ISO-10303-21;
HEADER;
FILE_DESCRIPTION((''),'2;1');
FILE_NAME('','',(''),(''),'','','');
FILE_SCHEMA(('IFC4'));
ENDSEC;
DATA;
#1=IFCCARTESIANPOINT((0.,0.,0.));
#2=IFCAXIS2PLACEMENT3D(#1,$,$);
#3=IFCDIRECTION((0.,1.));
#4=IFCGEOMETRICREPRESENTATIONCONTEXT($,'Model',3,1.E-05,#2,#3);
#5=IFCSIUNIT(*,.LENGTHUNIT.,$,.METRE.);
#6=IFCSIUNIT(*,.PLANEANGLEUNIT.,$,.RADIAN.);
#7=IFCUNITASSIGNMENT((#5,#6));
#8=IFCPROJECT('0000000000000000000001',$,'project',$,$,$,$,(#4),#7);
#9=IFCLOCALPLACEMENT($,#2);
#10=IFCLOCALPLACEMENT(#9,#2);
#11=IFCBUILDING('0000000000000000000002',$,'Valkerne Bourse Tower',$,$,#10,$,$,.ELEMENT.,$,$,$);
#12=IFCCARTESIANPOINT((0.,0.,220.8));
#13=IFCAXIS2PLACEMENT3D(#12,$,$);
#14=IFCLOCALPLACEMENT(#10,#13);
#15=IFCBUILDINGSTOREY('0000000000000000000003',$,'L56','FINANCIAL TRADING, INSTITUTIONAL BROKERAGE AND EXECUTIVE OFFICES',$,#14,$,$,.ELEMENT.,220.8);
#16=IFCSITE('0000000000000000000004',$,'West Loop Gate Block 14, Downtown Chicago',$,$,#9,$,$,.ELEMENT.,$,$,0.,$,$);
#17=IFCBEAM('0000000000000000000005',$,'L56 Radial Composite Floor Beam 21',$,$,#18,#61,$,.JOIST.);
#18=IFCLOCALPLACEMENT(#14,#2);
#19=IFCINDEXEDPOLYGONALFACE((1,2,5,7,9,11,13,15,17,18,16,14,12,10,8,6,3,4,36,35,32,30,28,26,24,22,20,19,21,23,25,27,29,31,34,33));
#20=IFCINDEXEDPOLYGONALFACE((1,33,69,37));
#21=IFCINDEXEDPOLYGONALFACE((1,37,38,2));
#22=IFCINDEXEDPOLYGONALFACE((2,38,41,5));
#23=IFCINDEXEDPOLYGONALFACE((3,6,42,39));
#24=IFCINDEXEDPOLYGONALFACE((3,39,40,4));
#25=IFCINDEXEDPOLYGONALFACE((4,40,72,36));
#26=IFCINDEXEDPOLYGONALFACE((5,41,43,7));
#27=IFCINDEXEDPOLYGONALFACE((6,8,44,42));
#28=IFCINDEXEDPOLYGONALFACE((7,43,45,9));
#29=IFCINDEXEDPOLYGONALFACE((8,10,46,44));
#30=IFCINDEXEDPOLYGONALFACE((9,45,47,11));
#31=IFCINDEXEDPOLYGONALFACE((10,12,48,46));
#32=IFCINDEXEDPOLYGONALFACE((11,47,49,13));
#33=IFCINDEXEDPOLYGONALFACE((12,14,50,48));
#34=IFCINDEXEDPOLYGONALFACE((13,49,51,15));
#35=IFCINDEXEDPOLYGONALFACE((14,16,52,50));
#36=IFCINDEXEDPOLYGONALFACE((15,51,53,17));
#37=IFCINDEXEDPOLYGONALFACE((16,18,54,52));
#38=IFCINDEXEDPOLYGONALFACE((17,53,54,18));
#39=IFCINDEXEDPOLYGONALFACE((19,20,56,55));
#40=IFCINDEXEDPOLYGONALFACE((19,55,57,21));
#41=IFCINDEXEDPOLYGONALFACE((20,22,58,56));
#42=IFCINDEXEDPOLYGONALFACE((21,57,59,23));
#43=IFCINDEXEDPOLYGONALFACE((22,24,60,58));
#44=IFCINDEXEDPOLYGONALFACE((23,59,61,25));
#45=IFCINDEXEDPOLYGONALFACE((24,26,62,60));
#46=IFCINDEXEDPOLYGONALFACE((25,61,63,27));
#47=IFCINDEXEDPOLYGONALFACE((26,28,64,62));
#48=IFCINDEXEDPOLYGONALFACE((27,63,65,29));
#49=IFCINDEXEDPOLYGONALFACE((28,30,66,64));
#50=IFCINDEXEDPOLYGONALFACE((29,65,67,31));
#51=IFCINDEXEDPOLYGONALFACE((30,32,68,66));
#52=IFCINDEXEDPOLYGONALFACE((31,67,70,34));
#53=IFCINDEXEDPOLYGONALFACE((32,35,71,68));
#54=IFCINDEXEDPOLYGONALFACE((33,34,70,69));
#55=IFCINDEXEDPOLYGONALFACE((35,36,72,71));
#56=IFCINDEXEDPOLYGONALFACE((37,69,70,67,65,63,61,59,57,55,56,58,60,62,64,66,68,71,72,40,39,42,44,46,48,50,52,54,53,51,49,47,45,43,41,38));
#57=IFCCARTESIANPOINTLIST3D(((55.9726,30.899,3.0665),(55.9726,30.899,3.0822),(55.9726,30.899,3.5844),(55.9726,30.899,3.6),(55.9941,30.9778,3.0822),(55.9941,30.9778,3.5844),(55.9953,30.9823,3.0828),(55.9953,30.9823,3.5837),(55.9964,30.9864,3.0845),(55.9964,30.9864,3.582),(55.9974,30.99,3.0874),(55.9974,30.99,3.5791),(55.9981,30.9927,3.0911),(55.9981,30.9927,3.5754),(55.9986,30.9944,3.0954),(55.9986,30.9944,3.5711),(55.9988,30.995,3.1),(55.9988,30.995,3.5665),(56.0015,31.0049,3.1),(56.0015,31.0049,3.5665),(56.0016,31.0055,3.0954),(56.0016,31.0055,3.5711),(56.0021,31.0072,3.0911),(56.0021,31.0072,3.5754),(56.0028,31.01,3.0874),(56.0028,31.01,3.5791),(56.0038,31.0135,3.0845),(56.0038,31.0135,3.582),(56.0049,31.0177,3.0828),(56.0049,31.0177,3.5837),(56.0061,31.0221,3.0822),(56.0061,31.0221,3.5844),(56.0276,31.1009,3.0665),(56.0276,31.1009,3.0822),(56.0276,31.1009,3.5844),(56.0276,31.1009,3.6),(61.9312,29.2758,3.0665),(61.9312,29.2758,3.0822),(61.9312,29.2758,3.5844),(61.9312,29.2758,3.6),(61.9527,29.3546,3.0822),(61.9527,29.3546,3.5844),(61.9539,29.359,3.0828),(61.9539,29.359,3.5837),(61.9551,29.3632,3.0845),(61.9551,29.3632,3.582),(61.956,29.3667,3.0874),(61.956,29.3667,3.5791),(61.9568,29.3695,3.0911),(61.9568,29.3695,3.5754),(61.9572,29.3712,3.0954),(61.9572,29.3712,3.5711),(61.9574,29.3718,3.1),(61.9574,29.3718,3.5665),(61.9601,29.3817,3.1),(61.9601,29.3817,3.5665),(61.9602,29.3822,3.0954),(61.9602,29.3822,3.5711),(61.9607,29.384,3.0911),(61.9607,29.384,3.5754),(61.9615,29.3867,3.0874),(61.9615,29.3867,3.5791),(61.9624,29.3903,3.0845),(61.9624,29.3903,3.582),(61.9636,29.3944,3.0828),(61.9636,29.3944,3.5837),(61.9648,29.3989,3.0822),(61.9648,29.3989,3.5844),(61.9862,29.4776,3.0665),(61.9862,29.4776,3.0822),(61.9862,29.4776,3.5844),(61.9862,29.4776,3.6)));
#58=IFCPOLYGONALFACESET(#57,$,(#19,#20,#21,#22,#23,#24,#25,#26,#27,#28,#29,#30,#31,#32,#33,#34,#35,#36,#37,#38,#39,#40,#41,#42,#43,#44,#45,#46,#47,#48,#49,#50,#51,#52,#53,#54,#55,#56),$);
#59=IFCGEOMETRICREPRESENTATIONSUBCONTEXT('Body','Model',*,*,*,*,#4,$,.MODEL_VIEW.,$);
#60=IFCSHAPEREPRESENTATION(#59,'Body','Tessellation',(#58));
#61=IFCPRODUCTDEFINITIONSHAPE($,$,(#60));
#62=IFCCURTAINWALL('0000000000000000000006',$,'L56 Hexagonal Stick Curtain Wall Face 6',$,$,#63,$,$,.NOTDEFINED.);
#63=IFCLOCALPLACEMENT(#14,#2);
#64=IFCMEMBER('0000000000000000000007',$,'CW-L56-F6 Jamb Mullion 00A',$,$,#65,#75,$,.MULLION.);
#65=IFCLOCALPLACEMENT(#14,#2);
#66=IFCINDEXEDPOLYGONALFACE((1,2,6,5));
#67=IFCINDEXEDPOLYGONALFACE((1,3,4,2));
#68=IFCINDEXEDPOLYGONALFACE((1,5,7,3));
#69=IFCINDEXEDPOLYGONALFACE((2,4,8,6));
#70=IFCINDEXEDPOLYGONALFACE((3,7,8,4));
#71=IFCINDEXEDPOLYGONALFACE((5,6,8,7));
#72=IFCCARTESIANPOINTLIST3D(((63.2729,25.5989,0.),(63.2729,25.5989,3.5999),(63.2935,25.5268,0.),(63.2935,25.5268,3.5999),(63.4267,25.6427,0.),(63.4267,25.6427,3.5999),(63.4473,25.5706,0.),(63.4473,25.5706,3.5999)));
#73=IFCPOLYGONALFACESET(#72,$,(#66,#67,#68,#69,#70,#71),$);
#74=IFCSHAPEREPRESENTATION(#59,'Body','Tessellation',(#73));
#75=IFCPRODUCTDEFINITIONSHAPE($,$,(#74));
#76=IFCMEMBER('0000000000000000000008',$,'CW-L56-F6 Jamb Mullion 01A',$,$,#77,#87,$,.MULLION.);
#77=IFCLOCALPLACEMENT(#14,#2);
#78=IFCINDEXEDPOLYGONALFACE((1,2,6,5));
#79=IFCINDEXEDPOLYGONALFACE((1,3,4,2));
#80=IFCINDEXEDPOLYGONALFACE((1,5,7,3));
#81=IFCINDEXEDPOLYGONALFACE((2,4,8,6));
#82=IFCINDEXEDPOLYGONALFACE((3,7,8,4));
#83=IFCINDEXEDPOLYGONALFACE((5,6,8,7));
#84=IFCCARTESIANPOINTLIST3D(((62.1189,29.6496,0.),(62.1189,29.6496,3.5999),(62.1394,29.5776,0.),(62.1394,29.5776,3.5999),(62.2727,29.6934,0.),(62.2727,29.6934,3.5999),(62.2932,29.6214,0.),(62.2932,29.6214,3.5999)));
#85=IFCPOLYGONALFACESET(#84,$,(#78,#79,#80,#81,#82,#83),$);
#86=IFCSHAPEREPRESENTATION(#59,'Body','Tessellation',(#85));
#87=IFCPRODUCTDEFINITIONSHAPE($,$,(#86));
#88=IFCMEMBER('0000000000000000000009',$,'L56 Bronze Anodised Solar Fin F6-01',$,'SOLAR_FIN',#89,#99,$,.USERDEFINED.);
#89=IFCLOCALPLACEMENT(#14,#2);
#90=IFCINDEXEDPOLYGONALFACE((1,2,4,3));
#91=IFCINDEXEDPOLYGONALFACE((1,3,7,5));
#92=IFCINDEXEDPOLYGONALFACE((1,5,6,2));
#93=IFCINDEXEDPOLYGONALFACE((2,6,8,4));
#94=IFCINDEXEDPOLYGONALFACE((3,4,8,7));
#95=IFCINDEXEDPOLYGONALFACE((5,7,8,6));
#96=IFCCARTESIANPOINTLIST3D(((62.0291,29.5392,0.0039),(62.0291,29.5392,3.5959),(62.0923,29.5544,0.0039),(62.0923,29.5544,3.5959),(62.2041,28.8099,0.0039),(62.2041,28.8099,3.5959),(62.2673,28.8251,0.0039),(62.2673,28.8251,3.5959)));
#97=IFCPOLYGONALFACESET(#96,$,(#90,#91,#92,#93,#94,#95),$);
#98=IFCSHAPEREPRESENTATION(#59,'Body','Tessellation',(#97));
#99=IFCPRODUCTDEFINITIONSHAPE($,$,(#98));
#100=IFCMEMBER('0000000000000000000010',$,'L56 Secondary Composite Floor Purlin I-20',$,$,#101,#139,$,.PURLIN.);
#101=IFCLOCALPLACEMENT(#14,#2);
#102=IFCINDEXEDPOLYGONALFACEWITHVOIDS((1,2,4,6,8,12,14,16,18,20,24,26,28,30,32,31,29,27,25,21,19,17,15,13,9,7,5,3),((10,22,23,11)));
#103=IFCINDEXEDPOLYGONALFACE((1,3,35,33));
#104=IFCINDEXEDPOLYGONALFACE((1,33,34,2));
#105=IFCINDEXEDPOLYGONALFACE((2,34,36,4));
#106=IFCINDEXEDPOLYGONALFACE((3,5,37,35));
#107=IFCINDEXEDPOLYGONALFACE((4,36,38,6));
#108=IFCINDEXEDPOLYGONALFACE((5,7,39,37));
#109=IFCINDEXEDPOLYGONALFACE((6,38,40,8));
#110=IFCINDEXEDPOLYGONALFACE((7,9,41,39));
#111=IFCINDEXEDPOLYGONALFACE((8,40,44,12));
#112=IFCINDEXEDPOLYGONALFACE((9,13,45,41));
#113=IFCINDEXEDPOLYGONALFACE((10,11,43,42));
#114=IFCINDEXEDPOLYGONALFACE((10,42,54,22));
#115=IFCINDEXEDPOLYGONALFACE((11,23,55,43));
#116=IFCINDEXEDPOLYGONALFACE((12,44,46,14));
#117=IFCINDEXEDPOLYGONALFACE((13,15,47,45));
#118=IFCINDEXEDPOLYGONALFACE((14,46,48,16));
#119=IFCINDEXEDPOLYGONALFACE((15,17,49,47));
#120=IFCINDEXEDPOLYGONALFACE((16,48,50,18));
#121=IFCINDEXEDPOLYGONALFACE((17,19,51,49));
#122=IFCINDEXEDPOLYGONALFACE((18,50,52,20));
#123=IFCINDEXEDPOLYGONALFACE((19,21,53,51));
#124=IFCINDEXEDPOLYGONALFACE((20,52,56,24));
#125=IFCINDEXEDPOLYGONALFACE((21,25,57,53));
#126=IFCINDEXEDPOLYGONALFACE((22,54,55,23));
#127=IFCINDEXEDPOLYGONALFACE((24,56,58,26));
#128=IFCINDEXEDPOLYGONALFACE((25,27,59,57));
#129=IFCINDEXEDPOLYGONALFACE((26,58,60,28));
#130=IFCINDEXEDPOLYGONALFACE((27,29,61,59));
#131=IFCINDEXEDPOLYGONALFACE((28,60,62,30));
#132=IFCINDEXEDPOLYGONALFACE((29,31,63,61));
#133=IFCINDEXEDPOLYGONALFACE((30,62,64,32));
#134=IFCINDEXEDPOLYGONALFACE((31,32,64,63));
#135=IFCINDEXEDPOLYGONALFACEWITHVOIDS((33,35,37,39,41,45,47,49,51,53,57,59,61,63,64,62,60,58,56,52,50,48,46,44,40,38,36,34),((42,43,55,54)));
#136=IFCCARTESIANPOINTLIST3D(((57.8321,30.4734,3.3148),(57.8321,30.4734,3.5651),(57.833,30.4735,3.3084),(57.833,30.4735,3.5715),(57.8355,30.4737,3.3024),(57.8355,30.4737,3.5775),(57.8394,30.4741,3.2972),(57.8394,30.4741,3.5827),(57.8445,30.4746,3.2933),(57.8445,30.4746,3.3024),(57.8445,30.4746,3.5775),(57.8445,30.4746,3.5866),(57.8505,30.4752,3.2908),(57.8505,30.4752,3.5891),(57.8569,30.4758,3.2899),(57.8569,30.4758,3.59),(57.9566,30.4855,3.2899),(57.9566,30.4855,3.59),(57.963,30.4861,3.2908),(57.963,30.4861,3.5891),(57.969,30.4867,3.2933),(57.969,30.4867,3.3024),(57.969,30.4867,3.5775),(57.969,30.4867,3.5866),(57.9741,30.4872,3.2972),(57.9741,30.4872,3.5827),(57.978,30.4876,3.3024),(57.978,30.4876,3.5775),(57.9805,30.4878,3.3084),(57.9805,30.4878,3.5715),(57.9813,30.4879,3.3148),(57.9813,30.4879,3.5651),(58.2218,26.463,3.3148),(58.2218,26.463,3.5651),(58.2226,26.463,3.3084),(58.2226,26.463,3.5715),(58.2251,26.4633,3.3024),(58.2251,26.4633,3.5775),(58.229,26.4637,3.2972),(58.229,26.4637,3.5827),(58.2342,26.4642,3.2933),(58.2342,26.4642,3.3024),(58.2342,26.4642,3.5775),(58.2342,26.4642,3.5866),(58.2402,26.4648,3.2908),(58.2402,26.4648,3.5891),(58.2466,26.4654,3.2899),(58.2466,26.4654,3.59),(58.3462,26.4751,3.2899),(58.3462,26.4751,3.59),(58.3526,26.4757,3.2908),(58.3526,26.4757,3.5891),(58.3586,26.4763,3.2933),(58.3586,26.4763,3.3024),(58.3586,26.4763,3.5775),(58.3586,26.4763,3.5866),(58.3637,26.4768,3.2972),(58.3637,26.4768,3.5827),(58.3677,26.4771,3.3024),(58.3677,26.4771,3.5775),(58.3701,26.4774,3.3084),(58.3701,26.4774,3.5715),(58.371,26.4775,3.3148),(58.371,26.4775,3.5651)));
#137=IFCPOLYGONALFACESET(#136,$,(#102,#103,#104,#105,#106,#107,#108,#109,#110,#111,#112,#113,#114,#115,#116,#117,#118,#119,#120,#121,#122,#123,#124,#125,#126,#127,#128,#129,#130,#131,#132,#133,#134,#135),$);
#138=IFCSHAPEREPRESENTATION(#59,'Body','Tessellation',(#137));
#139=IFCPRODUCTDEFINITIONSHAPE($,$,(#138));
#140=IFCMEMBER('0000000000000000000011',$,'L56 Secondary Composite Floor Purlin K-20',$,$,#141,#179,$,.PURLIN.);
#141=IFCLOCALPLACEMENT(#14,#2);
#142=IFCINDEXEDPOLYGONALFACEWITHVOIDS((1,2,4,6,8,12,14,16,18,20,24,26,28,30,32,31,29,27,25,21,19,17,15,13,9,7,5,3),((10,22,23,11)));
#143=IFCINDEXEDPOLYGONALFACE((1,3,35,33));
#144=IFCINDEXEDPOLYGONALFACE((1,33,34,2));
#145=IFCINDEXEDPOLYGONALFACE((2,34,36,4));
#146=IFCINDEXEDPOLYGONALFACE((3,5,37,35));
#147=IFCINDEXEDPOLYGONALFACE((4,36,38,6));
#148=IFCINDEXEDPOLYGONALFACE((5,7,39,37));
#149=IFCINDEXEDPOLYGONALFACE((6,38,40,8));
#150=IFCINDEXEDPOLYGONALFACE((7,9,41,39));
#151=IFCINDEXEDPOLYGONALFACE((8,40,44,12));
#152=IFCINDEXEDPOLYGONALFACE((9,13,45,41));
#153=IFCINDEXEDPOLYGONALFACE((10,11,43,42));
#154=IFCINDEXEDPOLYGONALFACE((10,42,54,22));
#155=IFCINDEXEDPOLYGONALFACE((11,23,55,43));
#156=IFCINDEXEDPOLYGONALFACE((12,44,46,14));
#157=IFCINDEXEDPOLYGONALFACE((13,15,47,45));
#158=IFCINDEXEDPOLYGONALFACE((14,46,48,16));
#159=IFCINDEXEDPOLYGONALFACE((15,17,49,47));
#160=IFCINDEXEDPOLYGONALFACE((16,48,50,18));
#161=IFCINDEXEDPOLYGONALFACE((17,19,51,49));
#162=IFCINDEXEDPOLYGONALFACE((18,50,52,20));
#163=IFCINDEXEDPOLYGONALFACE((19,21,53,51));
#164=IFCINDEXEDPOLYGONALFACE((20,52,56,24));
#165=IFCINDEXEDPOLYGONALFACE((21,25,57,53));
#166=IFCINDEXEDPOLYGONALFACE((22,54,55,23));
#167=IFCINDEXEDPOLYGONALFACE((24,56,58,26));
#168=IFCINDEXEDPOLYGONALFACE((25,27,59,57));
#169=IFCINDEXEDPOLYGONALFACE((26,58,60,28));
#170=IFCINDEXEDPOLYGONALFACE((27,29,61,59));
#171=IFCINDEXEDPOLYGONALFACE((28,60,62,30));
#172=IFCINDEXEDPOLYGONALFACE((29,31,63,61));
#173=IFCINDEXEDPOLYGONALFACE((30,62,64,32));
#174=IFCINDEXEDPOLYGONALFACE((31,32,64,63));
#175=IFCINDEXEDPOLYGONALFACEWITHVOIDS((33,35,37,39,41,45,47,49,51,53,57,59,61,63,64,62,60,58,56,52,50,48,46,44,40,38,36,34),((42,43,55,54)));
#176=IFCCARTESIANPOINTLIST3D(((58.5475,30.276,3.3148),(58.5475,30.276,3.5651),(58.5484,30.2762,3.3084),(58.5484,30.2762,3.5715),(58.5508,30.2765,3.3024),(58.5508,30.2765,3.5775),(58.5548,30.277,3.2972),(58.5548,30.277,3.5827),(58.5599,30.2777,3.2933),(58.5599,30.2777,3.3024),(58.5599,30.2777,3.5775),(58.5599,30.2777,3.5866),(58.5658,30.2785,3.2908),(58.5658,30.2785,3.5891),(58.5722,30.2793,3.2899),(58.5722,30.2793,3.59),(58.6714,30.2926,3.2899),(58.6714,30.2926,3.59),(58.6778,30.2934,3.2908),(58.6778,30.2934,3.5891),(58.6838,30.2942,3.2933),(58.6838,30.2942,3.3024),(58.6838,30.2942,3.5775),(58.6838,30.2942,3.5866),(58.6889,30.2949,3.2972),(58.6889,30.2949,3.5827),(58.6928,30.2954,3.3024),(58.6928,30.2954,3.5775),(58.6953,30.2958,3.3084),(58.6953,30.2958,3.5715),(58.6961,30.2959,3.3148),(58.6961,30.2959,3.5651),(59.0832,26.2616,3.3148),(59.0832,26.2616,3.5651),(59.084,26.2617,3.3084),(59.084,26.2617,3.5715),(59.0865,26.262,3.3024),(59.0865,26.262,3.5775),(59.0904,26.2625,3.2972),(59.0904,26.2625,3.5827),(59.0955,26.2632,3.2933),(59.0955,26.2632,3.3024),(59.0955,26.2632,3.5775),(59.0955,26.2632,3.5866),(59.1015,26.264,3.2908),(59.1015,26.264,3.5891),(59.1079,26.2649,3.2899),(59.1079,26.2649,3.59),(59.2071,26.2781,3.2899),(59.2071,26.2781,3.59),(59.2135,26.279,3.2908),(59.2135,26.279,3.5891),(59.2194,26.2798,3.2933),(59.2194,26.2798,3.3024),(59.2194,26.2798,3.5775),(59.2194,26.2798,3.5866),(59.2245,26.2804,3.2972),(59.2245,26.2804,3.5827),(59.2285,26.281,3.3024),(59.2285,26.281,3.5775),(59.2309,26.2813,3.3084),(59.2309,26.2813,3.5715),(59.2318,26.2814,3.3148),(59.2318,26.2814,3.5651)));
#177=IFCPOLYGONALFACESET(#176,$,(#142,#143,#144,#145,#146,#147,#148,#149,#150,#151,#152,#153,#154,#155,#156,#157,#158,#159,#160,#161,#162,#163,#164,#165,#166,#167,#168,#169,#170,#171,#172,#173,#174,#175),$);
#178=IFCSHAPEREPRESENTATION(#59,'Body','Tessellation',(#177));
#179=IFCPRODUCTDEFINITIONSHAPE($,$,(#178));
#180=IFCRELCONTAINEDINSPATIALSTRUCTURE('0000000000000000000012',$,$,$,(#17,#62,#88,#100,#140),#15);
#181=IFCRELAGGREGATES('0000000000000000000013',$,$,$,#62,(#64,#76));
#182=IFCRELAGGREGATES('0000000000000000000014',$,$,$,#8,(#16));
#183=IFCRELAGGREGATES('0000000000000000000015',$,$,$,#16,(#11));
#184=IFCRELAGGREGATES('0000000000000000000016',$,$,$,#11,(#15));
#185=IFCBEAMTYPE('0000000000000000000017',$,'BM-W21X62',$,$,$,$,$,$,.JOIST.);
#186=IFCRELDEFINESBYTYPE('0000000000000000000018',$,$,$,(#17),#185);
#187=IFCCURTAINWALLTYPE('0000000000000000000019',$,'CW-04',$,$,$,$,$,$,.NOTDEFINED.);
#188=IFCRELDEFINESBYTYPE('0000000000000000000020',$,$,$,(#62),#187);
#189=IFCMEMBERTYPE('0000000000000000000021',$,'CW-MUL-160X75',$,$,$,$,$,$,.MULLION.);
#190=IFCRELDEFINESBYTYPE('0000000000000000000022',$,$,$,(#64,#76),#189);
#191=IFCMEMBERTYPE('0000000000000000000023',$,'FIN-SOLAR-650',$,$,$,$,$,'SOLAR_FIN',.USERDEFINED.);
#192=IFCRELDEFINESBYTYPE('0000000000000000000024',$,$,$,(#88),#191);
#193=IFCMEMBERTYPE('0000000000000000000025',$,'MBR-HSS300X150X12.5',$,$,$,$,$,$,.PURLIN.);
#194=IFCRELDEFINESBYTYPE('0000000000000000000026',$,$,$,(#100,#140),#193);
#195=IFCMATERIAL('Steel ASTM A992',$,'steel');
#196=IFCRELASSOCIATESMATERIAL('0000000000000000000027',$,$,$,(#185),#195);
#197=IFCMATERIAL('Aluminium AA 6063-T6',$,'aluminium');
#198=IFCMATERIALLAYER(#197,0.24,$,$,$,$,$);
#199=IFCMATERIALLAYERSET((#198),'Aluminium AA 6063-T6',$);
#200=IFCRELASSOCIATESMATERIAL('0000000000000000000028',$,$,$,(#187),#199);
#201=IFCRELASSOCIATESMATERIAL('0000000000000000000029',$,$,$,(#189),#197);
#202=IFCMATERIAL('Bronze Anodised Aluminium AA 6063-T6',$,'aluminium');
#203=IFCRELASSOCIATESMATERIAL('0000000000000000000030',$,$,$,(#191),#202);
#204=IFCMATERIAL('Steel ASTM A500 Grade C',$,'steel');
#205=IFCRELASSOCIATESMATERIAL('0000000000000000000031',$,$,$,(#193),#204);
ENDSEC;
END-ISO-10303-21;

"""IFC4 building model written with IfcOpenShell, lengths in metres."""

from ifc_helpers import new_model, si_unit, direction, frame, origin, origin_2d, place, context, subcontext, project, spatial, rectangle, hollow_rectangle, i_section, extrude, material, layer, layer_set, material_profile, profile_set, type_object, element, aggregate, save


model = new_model("IFC4")

# Units and contexts
model_context = context("Model", 3, precision=1e-05, world=origin(), true_north=direction((0.0, 1.0)))
body_context = subcontext(model_context, "Body", "Model", "MODEL_VIEW")
ifc_project = project(units=[si_unit("LENGTHUNIT", "METRE"), si_unit("PLANEANGLEUNIT", "RADIAN")], contexts=[model_context])

# Site, building, storey
site_placement = place(None, origin())
site = spatial("IfcSite", under=ifc_project, at=site_placement, Name="West Loop Gate Block 14, Downtown Chicago", CompositionType="ELEMENT", RefElevation=0.0)
building_placement = place(site_placement, origin())
building = spatial("IfcBuilding", under=site, at=building_placement, Name="Valkerne Bourse Tower", CompositionType="ELEMENT")
storey_placement = place(building_placement, frame((0.0, 0.0, 220.8)))
storey = spatial("IfcBuildingStorey", under=building, at=storey_placement, Name="L56", Description="FINANCIAL TRADING, INSTITUTIONAL BROKERAGE AND EXECUTIVE OFFICES", CompositionType="ELEMENT", Elevation=220.8)

# Beam
ifc_material_1 = material(Name="Steel ASTM A992", Category="steel")
ifc_material_profile_1 = material_profile(ifc_material_1, i_section(OverallWidth=0.2092, OverallDepth=0.5334, WebThickness=0.0103, FlangeThickness=0.0156, FilletRadius=0.0178, at=origin_2d()), Name="W21X62")
ifc_profile_set_1 = profile_set([ifc_material_profile_1], Name="Steel ASTM A992")
beam_type_1 = type_object("IfcBeamType", Name="BM-W21X62", PredefinedType="JOIST", material=ifc_profile_set_1)
beam_1_placement = place(storey_placement, frame((61.9587, 29.3767, 3.3333), z_axis=(-0.964839, 0.262843, 0.0), x_axis=(-0.262843, -0.964839, 0.0)))
element("IfcBeam", 1, at=beam_1_placement, inside=storey, type_object=beam_type_1, Name="L56 Radial Composite Floor Beam 21", PredefinedType="JOIST", context=body_context, shape_type="SweptSolid", body=[
    extrude(i_section(OverallWidth=0.2092, OverallDepth=0.5334, WebThickness=0.0103, FlangeThickness=0.0156, FilletRadius=0.0178, at=origin_2d()), origin(), (0.0, 0.0, 1.0), 6.1758),
])

# Curtain wall, members
ifc_material_2 = material(Name="Aluminium AA 6063-T6", Category="aluminium")
ifc_layer_1 = layer(ifc_material_2, 0.24)
ifc_layer_set_1 = layer_set([ifc_layer_1], Name="Aluminium AA 6063-T6")
curtain_wall_type = type_object("IfcCurtainWallType", Name="CW-04", PredefinedType="NOTDEFINED", material=ifc_layer_set_1)
curtain_wall_placement = place(storey_placement, origin())
curtain_wall = element("IfcCurtainWall", 2, at=curtain_wall_placement, inside=storey, type_object=curtain_wall_type, Name="L56 Hexagonal Stick Curtain Wall Face 6", PredefinedType="NOTDEFINED")
ifc_material_profile_2 = material_profile(ifc_material_2, rectangle(XDim=0.075, YDim=0.1599, at=origin_2d()), Name="CWM-75X160")
ifc_profile_set_2 = profile_set([ifc_material_profile_2], Name="Aluminium AA 6063-T6")
member_type_1 = type_object("IfcMemberType", Name="CW-MUL-160X75", PredefinedType="MULLION", material=ifc_profile_set_2)
member_1_placement = place(storey_placement, frame((63.3601, 25.5847, 0.0), z_axis=(0.0, 0.0, 1.0), x_axis=(-0.273959, 0.961741, 0.0)))
member_1 = element("IfcMember", 3, at=member_1_placement, type_object=member_type_1, Name="CW-L56-F6 Jamb Mullion 00A", PredefinedType="MULLION", context=body_context, shape_type="SweptSolid", body=[
    extrude(rectangle(XDim=0.075, YDim=0.1599, at=origin_2d()), origin(), (0.0, 0.0, 1.0), 3.5999),
])
member_2_placement = place(storey_placement, frame((62.2061, 29.6355, 0.0), z_axis=(0.0, 0.0, 1.0), x_axis=(-0.273953, 0.961743, 0.0)))
member_2 = element("IfcMember", 4, at=member_2_placement, type_object=member_type_1, Name="CW-L56-F6 Jamb Mullion 01A", PredefinedType="MULLION", context=body_context, shape_type="SweptSolid", body=[
    extrude(rectangle(XDim=0.075, YDim=0.1599, at=origin_2d()), origin(), (0.0, 0.0, 1.0), 3.5999),
])

# Members
ifc_material_3 = material(Name="Bronze Anodised Aluminium AA 6063-T6", Category="aluminium")
ifc_material_profile_3 = material_profile(ifc_material_3, rectangle(XDim=0.0649, YDim=0.75, at=origin_2d()), Name="FIN-65X750")
ifc_profile_set_3 = profile_set([ifc_material_profile_3], Name="Bronze Anodised Aluminium AA 6063-T6")
member_type_2 = type_object("IfcMemberType", Name="FIN-SOLAR-650", ElementType="SOLAR_FIN", PredefinedType="USERDEFINED", material=ifc_profile_set_3)
member_3_placement = place(storey_placement, frame((62.1482, 29.1821, 0.0039), z_axis=(0.0, 0.0, 1.0), x_axis=(0.9724, 0.233322, 0.0)))
element("IfcMember", 5, at=member_3_placement, inside=storey, type_object=member_type_2, Name="L56 Bronze Anodised Solar Fin F6-01", ObjectType="SOLAR_FIN", PredefinedType="USERDEFINED", context=body_context, shape_type="SweptSolid", body=[
    extrude(rectangle(XDim=0.0649, YDim=0.75, at=origin_2d()), origin(), (0.0, 0.0, 1.0), 3.592),
])
ifc_material_4 = material(Name="Steel ASTM A500 Grade C", Category="steel")
ifc_material_profile_4 = material_profile(ifc_material_4, hollow_rectangle(XDim=0.1499, YDim=0.3, WallThickness=0.0125, OuterFilletRadius=0.0249, at=origin_2d()), Name="HSS300X150X12.5")
ifc_profile_set_4 = profile_set([ifc_material_profile_4], Name="Steel ASTM A500 Grade C")
member_type_3 = type_object("IfcMemberType", Name="MBR-HSS300X150X12.5", PredefinedType="PURLIN", material=ifc_profile_set_4)
member_4_placement = place(storey_placement, frame((58.2964, 26.4702, 3.4399), z_axis=(-0.096702, 0.995313, 0.0), x_axis=(-0.995313, -0.096702, 0.0)))
element("IfcMember", 6, at=member_4_placement, inside=storey, type_object=member_type_3, Name="L56 Secondary Composite Floor Purlin I-20", PredefinedType="PURLIN", context=body_context, shape_type="SweptSolid", body=[
    extrude(hollow_rectangle(XDim=0.1499, YDim=0.3, WallThickness=0.0125, OuterFilletRadius=0.0249, at=origin_2d()), origin(), (0.0, 0.0, 1.0), 4.0293),
])
member_5_placement = place(storey_placement, frame((59.1575, 26.2715, 3.4399), z_axis=(-0.132258, 0.991215, 0.0), x_axis=(-0.991215, -0.132258, 0.0)))
element("IfcMember", 7, at=member_5_placement, inside=storey, type_object=member_type_3, Name="L56 Secondary Composite Floor Purlin K-20", PredefinedType="PURLIN", context=body_context, shape_type="SweptSolid", body=[
    extrude(hollow_rectangle(XDim=0.1499, YDim=0.3, WallThickness=0.0125, OuterFilletRadius=0.0249, at=origin_2d()), origin(), (0.0, 0.0, 1.0), 4.05),
])

aggregate(curtain_wall, [member_1, member_2])

save(model, "model.ifc")
